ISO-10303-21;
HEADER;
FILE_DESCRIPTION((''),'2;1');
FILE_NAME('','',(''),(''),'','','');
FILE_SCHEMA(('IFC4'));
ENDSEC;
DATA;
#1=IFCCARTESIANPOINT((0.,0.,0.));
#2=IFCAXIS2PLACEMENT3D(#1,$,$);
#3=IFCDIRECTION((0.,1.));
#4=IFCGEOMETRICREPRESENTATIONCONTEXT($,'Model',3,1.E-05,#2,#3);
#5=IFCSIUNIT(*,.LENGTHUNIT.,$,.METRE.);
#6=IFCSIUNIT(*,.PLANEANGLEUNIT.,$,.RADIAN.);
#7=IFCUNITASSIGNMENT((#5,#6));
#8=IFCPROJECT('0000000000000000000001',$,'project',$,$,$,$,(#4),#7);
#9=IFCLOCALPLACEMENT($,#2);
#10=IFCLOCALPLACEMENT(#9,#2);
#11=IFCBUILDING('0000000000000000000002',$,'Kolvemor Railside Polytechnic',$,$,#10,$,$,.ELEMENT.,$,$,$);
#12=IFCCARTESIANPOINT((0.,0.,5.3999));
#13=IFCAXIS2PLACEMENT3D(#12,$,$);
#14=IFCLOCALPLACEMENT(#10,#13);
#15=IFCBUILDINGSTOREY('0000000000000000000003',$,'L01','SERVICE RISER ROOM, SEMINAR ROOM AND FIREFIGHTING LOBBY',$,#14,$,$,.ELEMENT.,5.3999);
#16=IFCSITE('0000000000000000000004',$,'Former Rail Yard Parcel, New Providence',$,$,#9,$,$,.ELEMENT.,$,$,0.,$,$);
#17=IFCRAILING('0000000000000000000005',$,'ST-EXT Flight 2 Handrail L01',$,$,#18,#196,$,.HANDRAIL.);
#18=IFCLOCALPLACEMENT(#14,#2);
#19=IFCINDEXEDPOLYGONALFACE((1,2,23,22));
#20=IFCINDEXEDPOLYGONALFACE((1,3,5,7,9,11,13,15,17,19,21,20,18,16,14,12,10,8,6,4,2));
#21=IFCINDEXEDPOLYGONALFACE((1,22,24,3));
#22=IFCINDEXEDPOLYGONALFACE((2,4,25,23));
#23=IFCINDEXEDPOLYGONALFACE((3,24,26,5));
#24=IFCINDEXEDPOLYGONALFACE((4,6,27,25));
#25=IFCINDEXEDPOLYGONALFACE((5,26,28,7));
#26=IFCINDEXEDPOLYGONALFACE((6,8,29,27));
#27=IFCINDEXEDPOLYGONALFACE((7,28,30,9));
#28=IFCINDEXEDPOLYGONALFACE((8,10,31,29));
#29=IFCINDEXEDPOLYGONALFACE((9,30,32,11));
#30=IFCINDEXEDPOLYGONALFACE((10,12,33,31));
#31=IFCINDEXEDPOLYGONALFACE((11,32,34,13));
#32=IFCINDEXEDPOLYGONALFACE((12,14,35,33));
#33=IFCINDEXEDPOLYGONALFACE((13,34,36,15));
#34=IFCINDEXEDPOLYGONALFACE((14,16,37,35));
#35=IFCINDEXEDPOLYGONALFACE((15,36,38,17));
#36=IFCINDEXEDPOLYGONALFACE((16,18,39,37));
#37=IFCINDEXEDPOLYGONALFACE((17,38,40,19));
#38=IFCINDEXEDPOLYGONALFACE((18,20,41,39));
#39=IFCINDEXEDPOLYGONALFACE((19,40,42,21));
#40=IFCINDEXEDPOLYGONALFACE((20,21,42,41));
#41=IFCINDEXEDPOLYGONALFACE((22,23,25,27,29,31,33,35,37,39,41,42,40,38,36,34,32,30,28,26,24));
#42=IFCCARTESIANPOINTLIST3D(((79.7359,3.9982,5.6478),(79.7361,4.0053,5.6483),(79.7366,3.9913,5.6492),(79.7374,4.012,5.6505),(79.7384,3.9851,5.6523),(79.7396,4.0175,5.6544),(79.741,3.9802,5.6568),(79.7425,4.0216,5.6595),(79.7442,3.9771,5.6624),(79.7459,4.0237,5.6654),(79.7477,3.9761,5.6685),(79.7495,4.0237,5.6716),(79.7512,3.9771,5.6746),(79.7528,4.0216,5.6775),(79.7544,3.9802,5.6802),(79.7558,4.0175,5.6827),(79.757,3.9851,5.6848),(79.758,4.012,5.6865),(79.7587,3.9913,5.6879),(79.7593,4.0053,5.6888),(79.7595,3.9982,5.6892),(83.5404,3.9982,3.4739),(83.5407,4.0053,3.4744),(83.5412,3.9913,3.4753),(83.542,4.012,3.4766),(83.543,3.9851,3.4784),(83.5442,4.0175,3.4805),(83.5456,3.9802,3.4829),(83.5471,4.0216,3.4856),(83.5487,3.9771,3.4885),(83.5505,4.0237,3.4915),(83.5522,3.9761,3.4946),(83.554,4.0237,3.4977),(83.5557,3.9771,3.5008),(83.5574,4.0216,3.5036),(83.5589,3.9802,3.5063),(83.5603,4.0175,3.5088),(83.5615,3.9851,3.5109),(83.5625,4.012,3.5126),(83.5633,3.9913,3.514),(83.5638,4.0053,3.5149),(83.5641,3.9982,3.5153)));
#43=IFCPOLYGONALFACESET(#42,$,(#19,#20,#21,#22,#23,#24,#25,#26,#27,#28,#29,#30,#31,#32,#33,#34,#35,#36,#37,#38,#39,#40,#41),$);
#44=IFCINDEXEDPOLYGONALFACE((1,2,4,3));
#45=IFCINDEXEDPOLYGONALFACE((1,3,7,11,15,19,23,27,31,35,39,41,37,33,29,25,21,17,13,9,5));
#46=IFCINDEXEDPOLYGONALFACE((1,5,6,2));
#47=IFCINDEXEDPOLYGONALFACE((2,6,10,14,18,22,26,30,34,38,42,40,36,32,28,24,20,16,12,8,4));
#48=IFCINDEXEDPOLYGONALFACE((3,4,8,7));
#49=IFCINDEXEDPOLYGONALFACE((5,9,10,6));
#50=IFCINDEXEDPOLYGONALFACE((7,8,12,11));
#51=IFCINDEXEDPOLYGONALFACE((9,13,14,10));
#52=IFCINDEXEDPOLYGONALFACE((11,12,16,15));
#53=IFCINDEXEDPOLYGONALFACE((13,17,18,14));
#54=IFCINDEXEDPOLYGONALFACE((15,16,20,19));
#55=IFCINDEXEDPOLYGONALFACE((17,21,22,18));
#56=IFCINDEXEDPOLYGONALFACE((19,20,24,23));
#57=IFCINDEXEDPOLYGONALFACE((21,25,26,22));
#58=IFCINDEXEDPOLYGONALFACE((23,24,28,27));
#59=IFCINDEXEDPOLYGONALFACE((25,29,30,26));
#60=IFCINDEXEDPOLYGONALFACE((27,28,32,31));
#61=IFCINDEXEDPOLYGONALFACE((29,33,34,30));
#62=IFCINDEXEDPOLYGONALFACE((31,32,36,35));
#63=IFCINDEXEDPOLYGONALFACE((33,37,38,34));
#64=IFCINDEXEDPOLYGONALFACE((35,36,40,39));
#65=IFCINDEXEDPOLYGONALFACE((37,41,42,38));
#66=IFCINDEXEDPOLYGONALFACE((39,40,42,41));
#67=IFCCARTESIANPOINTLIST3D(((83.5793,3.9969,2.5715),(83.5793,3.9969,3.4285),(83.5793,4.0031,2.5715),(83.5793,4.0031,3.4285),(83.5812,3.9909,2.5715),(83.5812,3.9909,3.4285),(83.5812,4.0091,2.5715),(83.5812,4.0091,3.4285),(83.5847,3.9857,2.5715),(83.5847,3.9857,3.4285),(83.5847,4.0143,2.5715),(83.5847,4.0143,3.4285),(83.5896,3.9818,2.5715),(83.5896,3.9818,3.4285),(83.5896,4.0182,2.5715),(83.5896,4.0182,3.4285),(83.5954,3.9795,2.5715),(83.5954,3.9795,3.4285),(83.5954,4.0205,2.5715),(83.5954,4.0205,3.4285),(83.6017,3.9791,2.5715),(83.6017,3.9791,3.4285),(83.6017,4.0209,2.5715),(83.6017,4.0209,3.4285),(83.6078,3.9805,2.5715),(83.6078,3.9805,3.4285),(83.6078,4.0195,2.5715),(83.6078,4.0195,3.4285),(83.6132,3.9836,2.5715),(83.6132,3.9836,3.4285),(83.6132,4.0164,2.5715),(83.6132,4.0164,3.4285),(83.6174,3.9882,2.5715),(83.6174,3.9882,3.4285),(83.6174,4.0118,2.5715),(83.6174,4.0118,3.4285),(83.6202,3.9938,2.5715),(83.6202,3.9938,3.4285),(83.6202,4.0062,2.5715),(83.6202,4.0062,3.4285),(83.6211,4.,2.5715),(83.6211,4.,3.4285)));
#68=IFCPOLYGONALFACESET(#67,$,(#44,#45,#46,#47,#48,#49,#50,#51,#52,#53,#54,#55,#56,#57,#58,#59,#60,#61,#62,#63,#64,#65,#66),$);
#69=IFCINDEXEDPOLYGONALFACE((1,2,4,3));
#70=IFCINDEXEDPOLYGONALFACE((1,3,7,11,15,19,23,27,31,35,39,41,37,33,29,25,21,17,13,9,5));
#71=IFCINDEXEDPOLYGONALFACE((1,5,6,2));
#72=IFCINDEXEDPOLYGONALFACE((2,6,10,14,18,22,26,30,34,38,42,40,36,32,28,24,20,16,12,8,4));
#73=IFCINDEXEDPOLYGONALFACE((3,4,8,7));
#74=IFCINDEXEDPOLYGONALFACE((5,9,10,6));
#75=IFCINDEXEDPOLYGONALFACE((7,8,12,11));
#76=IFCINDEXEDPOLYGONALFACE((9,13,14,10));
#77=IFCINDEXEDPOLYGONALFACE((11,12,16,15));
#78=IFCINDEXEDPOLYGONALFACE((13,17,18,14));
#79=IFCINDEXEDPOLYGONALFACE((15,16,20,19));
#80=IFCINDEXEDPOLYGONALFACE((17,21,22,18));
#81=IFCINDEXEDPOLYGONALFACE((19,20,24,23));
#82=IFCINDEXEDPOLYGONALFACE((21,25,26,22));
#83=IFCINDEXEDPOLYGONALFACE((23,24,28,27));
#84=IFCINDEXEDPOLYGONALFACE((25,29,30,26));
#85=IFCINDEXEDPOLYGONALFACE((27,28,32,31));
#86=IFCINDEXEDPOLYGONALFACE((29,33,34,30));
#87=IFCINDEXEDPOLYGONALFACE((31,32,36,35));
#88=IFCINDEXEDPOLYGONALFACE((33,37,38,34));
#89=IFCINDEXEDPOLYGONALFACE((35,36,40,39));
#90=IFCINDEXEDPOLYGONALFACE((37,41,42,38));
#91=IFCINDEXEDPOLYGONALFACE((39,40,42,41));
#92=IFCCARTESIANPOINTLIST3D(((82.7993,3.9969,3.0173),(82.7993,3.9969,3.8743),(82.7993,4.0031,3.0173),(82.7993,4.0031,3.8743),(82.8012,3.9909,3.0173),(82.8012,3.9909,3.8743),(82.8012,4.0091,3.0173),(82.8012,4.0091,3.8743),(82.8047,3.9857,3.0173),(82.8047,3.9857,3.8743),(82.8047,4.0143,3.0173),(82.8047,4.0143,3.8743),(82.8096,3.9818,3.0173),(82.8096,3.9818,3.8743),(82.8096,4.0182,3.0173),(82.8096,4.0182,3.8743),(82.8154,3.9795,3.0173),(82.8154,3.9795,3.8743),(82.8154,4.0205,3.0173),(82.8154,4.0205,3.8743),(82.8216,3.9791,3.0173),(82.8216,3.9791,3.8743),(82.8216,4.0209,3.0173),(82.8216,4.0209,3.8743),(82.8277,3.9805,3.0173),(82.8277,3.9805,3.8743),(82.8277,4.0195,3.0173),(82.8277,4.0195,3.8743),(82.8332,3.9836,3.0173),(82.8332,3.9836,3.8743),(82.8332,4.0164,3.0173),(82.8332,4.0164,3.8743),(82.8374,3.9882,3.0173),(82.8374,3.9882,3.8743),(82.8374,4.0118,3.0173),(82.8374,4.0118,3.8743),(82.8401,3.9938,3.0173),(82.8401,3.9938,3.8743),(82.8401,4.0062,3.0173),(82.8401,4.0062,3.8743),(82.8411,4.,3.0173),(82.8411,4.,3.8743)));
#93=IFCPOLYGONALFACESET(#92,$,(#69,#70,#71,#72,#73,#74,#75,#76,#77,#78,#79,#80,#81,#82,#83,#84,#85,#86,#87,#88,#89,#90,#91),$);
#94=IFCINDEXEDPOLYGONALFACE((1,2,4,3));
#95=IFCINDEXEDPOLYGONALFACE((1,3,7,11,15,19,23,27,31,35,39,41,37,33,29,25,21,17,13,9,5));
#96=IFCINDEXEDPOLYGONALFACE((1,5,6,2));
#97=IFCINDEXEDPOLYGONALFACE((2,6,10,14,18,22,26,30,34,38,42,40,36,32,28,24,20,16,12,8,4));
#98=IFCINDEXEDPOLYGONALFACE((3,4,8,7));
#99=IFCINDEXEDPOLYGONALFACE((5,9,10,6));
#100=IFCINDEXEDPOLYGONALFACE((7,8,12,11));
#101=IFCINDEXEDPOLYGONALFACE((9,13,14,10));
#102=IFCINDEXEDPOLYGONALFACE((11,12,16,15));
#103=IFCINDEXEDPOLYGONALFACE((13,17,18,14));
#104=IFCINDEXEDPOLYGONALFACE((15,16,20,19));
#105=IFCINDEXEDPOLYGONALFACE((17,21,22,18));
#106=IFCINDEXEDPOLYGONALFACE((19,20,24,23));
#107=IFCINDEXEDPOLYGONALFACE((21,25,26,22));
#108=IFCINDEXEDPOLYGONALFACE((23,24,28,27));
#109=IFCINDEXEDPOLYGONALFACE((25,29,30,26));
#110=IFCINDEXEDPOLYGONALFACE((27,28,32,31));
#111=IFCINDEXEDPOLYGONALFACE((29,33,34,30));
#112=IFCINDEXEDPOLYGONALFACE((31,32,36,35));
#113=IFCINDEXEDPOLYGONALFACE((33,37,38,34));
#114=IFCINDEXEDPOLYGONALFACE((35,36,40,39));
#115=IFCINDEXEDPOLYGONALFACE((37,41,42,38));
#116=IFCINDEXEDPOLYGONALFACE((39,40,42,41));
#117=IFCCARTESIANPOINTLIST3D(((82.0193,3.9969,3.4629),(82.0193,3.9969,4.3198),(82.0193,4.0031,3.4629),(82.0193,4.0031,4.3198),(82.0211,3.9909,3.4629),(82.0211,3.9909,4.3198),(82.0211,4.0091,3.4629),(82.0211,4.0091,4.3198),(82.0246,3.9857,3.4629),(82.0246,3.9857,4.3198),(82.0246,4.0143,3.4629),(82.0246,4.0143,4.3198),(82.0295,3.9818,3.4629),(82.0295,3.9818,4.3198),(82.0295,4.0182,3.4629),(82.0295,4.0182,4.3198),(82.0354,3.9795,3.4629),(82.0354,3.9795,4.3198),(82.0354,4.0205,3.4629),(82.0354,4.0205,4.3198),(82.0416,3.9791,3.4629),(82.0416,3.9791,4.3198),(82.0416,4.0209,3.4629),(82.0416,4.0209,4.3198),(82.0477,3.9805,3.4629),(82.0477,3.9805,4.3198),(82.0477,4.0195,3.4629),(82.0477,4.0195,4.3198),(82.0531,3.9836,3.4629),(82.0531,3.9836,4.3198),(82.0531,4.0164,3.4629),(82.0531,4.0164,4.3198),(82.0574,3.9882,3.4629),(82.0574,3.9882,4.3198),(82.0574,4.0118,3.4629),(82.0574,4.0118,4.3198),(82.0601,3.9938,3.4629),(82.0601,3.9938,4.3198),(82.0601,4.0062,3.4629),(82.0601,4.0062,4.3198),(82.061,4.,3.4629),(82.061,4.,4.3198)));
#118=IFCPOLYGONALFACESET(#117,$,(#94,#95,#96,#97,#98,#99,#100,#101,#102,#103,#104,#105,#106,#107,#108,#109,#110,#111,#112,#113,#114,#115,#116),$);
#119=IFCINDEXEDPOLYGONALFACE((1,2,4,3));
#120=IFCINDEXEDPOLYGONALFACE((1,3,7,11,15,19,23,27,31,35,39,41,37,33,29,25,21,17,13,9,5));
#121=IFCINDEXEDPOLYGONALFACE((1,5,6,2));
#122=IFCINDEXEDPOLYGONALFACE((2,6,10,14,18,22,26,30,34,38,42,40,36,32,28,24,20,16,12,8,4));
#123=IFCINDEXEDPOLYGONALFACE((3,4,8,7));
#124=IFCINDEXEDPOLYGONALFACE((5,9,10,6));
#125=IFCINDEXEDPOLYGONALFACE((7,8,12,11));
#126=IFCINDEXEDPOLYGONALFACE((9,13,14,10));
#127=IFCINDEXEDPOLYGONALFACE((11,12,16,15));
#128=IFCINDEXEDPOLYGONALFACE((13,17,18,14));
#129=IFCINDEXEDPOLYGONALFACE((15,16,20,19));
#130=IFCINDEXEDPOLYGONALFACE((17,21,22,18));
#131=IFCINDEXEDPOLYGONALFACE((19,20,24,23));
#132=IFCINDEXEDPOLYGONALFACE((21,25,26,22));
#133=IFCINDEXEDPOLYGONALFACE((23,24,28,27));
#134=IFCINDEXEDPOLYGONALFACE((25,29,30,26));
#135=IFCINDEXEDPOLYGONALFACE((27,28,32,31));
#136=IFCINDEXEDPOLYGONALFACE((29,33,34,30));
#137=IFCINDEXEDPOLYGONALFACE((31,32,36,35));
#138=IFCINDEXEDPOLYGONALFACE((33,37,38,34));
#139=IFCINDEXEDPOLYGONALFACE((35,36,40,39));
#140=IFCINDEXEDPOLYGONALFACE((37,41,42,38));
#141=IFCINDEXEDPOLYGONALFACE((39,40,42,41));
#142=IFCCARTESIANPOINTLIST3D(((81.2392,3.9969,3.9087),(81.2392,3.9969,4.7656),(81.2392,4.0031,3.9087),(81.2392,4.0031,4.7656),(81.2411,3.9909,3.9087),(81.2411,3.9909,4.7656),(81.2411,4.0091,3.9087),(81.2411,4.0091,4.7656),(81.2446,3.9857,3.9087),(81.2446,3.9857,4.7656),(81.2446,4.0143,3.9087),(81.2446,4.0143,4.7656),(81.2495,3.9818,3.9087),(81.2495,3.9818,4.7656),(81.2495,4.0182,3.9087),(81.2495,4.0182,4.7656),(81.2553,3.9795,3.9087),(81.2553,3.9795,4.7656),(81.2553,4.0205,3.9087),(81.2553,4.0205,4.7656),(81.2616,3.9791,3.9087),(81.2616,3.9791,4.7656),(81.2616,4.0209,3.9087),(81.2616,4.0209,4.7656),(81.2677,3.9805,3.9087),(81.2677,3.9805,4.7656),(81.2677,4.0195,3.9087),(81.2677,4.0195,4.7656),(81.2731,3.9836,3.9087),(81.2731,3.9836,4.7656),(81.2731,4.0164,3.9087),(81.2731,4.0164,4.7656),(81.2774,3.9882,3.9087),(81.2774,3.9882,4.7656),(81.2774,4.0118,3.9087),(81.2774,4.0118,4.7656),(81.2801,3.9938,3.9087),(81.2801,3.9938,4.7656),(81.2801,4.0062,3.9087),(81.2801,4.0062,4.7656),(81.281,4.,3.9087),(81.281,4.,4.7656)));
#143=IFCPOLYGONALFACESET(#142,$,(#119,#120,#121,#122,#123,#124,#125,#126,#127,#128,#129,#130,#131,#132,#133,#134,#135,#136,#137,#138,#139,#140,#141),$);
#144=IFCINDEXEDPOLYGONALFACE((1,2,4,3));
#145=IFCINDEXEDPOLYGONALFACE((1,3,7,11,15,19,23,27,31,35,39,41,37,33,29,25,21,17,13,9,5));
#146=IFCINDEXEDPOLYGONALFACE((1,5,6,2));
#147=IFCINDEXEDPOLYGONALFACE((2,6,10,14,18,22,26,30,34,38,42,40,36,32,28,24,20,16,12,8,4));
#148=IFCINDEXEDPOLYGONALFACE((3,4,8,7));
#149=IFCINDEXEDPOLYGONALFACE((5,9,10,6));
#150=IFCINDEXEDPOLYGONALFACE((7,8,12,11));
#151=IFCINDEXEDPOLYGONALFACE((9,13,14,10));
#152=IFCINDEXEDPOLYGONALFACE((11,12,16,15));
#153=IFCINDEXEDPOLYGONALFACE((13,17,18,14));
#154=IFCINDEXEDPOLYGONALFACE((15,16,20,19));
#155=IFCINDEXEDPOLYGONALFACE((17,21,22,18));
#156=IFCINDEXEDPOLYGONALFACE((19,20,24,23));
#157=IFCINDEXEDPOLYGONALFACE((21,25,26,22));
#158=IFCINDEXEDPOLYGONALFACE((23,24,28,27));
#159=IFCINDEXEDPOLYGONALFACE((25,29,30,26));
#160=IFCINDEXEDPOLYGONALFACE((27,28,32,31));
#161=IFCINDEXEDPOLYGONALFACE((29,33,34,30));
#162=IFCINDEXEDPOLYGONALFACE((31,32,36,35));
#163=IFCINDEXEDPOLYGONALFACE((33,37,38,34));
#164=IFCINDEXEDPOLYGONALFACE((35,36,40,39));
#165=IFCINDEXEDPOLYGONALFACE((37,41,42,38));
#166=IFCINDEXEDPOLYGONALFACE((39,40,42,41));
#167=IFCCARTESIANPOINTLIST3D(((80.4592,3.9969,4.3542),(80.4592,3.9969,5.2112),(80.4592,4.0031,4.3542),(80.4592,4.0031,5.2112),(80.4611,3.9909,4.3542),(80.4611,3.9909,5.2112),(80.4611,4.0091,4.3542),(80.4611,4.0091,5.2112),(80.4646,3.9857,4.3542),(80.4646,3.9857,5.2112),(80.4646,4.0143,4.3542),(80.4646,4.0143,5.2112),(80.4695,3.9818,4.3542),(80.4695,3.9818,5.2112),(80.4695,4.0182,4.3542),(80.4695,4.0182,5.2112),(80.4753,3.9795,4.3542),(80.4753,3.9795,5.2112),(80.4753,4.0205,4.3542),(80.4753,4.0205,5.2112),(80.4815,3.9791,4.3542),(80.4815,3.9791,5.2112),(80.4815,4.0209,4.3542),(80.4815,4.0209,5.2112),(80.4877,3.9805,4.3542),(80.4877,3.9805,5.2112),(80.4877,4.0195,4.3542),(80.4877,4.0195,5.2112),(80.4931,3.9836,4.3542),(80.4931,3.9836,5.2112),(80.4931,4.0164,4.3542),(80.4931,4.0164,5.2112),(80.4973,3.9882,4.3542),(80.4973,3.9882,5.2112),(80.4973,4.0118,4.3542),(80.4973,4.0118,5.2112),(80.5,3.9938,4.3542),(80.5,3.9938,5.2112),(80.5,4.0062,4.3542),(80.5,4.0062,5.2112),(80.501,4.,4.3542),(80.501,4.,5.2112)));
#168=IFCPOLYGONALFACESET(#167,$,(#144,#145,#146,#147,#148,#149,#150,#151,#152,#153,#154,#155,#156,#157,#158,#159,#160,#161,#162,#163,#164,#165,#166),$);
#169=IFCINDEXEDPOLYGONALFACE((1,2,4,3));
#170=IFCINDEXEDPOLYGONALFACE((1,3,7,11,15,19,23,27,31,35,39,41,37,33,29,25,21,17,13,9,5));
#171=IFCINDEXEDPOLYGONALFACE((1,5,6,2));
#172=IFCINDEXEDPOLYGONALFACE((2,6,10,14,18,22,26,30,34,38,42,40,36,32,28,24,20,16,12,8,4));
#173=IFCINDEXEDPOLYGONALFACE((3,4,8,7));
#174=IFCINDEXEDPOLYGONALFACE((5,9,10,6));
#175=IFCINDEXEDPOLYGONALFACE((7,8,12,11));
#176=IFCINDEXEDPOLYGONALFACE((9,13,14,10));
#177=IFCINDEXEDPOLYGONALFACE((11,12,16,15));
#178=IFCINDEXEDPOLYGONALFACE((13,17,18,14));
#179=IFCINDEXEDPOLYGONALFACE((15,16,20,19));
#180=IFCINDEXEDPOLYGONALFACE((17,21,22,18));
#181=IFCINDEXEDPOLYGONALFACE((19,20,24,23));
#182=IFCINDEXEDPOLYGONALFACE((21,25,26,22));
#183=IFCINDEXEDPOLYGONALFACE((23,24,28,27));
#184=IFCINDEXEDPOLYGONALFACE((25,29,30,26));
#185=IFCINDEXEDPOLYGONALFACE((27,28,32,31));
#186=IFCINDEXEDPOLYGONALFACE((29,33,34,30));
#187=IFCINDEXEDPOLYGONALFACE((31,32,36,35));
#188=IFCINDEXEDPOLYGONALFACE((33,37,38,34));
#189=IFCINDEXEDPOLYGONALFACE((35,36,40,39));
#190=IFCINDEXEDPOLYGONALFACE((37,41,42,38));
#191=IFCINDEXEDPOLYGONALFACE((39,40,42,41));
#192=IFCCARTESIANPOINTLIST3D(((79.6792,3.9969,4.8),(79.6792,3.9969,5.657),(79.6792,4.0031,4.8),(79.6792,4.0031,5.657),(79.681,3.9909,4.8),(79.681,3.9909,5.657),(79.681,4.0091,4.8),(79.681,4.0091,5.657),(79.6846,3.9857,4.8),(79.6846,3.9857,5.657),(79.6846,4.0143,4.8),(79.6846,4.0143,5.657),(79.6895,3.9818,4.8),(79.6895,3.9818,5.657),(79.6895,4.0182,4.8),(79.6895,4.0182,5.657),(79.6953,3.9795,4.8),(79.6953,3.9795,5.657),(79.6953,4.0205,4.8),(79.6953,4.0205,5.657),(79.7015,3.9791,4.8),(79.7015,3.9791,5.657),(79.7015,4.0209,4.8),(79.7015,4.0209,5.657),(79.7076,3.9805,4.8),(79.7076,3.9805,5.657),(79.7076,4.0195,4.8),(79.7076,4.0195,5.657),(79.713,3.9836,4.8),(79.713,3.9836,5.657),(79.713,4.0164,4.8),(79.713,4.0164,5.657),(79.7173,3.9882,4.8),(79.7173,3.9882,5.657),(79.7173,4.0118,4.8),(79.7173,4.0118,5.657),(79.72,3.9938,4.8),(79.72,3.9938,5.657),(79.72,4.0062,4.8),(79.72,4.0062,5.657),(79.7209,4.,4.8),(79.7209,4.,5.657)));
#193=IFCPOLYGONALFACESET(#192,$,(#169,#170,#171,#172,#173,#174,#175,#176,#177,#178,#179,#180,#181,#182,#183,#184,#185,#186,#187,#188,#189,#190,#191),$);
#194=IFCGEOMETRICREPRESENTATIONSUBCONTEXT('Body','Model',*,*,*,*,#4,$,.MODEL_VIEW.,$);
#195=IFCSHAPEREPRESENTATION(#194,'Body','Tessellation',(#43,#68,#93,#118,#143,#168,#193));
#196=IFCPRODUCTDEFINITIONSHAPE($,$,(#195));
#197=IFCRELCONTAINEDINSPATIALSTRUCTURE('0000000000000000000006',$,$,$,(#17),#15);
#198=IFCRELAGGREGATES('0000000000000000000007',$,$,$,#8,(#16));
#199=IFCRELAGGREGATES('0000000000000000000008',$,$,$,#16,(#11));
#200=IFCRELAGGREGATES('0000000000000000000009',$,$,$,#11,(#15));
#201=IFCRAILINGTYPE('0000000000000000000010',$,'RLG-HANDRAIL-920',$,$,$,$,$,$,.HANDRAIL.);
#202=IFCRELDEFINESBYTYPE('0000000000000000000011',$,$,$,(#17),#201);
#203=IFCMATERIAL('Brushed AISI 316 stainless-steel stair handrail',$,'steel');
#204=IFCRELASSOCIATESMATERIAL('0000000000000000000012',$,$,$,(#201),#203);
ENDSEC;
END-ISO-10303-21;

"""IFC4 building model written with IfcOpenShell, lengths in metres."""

from ifc_helpers import new_model, si_unit, direction, frame, origin, origin_2d, place, context, subcontext, project, spatial, circle, extrude, material, type_object, element, save


model = new_model("IFC4")

# Units and contexts
model_context = context("Model", 3, precision=1e-05, world=origin(), true_north=direction((0.0, 1.0)))
body_context = subcontext(model_context, "Body", "Model", "MODEL_VIEW")
ifc_project = project(units=[si_unit("LENGTHUNIT", "METRE"), si_unit("PLANEANGLEUNIT", "RADIAN")], contexts=[model_context])

# Site, building, storey
site_placement = place(None, origin())
site = spatial("IfcSite", under=ifc_project, at=site_placement, Name="Former Rail Yard Parcel, New Providence", CompositionType="ELEMENT", RefElevation=0.0)
building_placement = place(site_placement, origin())
building = spatial("IfcBuilding", under=site, at=building_placement, Name="Kolvemor Railside Polytechnic", CompositionType="ELEMENT")
storey_placement = place(building_placement, frame((0.0, 0.0, 5.3999)))
storey = spatial("IfcBuildingStorey", under=building, at=storey_placement, Name="L01", Description="SERVICE RISER ROOM, SEMINAR ROOM AND FIREFIGHTING LOBBY", CompositionType="ELEMENT", Elevation=5.3999)

# Railing
ifc_material_1 = material(Name="Brushed AISI 316 stainless-steel stair handrail", Category="steel")
railing_type_1 = type_object("IfcRailingType", Name="RLG-HANDRAIL-920", PredefinedType="HANDRAIL", material=ifc_material_1)
railing_1_placement = place(storey_placement, frame((83.6001, 4.0, 2.5715)))
element("IfcRailing", 1, at=railing_1_placement, inside=storey, type_object=railing_type_1, Name="ST-EXT Flight 2 Handrail L01", PredefinedType="HANDRAIL", context=body_context, shape_type="SweptSolid", body=[
    extrude(circle(Radius=0.0239, at=origin_2d()), frame((-0.0479, 0.0, 0.9231), z_axis=(-0.868257, 0.0, 0.496116), x_axis=(0.0, -1.0, 0.0)), (0.0, 0.0, 1.0), 4.3818),
    extrude(circle(Radius=0.021, at=origin_2d()), origin(), (0.0, 0.0, 1.0), 0.8569),
    extrude(circle(Radius=0.021, at=origin_2d()), frame((-0.78, 0.0, 0.4458)), (0.0, 0.0, 1.0), 0.8569),
    extrude(circle(Radius=0.021, at=origin_2d()), frame((-1.5601, 0.0, 0.8914)), (0.0, 0.0, 1.0), 0.8569),
    extrude(circle(Radius=0.021, at=origin_2d()), frame((-2.3401, 0.0, 1.3372)), (0.0, 0.0, 1.0), 0.8569),
    extrude(circle(Radius=0.021, at=origin_2d()), frame((-3.1201, 0.0, 1.7827)), (0.0, 0.0, 1.0), 0.8569),
    extrude(circle(Radius=0.021, at=origin_2d()), frame((-3.9001, 0.0, 2.2285)), (0.0, 0.0, 1.0), 0.8569),
])

save(model, "model.ifc")
